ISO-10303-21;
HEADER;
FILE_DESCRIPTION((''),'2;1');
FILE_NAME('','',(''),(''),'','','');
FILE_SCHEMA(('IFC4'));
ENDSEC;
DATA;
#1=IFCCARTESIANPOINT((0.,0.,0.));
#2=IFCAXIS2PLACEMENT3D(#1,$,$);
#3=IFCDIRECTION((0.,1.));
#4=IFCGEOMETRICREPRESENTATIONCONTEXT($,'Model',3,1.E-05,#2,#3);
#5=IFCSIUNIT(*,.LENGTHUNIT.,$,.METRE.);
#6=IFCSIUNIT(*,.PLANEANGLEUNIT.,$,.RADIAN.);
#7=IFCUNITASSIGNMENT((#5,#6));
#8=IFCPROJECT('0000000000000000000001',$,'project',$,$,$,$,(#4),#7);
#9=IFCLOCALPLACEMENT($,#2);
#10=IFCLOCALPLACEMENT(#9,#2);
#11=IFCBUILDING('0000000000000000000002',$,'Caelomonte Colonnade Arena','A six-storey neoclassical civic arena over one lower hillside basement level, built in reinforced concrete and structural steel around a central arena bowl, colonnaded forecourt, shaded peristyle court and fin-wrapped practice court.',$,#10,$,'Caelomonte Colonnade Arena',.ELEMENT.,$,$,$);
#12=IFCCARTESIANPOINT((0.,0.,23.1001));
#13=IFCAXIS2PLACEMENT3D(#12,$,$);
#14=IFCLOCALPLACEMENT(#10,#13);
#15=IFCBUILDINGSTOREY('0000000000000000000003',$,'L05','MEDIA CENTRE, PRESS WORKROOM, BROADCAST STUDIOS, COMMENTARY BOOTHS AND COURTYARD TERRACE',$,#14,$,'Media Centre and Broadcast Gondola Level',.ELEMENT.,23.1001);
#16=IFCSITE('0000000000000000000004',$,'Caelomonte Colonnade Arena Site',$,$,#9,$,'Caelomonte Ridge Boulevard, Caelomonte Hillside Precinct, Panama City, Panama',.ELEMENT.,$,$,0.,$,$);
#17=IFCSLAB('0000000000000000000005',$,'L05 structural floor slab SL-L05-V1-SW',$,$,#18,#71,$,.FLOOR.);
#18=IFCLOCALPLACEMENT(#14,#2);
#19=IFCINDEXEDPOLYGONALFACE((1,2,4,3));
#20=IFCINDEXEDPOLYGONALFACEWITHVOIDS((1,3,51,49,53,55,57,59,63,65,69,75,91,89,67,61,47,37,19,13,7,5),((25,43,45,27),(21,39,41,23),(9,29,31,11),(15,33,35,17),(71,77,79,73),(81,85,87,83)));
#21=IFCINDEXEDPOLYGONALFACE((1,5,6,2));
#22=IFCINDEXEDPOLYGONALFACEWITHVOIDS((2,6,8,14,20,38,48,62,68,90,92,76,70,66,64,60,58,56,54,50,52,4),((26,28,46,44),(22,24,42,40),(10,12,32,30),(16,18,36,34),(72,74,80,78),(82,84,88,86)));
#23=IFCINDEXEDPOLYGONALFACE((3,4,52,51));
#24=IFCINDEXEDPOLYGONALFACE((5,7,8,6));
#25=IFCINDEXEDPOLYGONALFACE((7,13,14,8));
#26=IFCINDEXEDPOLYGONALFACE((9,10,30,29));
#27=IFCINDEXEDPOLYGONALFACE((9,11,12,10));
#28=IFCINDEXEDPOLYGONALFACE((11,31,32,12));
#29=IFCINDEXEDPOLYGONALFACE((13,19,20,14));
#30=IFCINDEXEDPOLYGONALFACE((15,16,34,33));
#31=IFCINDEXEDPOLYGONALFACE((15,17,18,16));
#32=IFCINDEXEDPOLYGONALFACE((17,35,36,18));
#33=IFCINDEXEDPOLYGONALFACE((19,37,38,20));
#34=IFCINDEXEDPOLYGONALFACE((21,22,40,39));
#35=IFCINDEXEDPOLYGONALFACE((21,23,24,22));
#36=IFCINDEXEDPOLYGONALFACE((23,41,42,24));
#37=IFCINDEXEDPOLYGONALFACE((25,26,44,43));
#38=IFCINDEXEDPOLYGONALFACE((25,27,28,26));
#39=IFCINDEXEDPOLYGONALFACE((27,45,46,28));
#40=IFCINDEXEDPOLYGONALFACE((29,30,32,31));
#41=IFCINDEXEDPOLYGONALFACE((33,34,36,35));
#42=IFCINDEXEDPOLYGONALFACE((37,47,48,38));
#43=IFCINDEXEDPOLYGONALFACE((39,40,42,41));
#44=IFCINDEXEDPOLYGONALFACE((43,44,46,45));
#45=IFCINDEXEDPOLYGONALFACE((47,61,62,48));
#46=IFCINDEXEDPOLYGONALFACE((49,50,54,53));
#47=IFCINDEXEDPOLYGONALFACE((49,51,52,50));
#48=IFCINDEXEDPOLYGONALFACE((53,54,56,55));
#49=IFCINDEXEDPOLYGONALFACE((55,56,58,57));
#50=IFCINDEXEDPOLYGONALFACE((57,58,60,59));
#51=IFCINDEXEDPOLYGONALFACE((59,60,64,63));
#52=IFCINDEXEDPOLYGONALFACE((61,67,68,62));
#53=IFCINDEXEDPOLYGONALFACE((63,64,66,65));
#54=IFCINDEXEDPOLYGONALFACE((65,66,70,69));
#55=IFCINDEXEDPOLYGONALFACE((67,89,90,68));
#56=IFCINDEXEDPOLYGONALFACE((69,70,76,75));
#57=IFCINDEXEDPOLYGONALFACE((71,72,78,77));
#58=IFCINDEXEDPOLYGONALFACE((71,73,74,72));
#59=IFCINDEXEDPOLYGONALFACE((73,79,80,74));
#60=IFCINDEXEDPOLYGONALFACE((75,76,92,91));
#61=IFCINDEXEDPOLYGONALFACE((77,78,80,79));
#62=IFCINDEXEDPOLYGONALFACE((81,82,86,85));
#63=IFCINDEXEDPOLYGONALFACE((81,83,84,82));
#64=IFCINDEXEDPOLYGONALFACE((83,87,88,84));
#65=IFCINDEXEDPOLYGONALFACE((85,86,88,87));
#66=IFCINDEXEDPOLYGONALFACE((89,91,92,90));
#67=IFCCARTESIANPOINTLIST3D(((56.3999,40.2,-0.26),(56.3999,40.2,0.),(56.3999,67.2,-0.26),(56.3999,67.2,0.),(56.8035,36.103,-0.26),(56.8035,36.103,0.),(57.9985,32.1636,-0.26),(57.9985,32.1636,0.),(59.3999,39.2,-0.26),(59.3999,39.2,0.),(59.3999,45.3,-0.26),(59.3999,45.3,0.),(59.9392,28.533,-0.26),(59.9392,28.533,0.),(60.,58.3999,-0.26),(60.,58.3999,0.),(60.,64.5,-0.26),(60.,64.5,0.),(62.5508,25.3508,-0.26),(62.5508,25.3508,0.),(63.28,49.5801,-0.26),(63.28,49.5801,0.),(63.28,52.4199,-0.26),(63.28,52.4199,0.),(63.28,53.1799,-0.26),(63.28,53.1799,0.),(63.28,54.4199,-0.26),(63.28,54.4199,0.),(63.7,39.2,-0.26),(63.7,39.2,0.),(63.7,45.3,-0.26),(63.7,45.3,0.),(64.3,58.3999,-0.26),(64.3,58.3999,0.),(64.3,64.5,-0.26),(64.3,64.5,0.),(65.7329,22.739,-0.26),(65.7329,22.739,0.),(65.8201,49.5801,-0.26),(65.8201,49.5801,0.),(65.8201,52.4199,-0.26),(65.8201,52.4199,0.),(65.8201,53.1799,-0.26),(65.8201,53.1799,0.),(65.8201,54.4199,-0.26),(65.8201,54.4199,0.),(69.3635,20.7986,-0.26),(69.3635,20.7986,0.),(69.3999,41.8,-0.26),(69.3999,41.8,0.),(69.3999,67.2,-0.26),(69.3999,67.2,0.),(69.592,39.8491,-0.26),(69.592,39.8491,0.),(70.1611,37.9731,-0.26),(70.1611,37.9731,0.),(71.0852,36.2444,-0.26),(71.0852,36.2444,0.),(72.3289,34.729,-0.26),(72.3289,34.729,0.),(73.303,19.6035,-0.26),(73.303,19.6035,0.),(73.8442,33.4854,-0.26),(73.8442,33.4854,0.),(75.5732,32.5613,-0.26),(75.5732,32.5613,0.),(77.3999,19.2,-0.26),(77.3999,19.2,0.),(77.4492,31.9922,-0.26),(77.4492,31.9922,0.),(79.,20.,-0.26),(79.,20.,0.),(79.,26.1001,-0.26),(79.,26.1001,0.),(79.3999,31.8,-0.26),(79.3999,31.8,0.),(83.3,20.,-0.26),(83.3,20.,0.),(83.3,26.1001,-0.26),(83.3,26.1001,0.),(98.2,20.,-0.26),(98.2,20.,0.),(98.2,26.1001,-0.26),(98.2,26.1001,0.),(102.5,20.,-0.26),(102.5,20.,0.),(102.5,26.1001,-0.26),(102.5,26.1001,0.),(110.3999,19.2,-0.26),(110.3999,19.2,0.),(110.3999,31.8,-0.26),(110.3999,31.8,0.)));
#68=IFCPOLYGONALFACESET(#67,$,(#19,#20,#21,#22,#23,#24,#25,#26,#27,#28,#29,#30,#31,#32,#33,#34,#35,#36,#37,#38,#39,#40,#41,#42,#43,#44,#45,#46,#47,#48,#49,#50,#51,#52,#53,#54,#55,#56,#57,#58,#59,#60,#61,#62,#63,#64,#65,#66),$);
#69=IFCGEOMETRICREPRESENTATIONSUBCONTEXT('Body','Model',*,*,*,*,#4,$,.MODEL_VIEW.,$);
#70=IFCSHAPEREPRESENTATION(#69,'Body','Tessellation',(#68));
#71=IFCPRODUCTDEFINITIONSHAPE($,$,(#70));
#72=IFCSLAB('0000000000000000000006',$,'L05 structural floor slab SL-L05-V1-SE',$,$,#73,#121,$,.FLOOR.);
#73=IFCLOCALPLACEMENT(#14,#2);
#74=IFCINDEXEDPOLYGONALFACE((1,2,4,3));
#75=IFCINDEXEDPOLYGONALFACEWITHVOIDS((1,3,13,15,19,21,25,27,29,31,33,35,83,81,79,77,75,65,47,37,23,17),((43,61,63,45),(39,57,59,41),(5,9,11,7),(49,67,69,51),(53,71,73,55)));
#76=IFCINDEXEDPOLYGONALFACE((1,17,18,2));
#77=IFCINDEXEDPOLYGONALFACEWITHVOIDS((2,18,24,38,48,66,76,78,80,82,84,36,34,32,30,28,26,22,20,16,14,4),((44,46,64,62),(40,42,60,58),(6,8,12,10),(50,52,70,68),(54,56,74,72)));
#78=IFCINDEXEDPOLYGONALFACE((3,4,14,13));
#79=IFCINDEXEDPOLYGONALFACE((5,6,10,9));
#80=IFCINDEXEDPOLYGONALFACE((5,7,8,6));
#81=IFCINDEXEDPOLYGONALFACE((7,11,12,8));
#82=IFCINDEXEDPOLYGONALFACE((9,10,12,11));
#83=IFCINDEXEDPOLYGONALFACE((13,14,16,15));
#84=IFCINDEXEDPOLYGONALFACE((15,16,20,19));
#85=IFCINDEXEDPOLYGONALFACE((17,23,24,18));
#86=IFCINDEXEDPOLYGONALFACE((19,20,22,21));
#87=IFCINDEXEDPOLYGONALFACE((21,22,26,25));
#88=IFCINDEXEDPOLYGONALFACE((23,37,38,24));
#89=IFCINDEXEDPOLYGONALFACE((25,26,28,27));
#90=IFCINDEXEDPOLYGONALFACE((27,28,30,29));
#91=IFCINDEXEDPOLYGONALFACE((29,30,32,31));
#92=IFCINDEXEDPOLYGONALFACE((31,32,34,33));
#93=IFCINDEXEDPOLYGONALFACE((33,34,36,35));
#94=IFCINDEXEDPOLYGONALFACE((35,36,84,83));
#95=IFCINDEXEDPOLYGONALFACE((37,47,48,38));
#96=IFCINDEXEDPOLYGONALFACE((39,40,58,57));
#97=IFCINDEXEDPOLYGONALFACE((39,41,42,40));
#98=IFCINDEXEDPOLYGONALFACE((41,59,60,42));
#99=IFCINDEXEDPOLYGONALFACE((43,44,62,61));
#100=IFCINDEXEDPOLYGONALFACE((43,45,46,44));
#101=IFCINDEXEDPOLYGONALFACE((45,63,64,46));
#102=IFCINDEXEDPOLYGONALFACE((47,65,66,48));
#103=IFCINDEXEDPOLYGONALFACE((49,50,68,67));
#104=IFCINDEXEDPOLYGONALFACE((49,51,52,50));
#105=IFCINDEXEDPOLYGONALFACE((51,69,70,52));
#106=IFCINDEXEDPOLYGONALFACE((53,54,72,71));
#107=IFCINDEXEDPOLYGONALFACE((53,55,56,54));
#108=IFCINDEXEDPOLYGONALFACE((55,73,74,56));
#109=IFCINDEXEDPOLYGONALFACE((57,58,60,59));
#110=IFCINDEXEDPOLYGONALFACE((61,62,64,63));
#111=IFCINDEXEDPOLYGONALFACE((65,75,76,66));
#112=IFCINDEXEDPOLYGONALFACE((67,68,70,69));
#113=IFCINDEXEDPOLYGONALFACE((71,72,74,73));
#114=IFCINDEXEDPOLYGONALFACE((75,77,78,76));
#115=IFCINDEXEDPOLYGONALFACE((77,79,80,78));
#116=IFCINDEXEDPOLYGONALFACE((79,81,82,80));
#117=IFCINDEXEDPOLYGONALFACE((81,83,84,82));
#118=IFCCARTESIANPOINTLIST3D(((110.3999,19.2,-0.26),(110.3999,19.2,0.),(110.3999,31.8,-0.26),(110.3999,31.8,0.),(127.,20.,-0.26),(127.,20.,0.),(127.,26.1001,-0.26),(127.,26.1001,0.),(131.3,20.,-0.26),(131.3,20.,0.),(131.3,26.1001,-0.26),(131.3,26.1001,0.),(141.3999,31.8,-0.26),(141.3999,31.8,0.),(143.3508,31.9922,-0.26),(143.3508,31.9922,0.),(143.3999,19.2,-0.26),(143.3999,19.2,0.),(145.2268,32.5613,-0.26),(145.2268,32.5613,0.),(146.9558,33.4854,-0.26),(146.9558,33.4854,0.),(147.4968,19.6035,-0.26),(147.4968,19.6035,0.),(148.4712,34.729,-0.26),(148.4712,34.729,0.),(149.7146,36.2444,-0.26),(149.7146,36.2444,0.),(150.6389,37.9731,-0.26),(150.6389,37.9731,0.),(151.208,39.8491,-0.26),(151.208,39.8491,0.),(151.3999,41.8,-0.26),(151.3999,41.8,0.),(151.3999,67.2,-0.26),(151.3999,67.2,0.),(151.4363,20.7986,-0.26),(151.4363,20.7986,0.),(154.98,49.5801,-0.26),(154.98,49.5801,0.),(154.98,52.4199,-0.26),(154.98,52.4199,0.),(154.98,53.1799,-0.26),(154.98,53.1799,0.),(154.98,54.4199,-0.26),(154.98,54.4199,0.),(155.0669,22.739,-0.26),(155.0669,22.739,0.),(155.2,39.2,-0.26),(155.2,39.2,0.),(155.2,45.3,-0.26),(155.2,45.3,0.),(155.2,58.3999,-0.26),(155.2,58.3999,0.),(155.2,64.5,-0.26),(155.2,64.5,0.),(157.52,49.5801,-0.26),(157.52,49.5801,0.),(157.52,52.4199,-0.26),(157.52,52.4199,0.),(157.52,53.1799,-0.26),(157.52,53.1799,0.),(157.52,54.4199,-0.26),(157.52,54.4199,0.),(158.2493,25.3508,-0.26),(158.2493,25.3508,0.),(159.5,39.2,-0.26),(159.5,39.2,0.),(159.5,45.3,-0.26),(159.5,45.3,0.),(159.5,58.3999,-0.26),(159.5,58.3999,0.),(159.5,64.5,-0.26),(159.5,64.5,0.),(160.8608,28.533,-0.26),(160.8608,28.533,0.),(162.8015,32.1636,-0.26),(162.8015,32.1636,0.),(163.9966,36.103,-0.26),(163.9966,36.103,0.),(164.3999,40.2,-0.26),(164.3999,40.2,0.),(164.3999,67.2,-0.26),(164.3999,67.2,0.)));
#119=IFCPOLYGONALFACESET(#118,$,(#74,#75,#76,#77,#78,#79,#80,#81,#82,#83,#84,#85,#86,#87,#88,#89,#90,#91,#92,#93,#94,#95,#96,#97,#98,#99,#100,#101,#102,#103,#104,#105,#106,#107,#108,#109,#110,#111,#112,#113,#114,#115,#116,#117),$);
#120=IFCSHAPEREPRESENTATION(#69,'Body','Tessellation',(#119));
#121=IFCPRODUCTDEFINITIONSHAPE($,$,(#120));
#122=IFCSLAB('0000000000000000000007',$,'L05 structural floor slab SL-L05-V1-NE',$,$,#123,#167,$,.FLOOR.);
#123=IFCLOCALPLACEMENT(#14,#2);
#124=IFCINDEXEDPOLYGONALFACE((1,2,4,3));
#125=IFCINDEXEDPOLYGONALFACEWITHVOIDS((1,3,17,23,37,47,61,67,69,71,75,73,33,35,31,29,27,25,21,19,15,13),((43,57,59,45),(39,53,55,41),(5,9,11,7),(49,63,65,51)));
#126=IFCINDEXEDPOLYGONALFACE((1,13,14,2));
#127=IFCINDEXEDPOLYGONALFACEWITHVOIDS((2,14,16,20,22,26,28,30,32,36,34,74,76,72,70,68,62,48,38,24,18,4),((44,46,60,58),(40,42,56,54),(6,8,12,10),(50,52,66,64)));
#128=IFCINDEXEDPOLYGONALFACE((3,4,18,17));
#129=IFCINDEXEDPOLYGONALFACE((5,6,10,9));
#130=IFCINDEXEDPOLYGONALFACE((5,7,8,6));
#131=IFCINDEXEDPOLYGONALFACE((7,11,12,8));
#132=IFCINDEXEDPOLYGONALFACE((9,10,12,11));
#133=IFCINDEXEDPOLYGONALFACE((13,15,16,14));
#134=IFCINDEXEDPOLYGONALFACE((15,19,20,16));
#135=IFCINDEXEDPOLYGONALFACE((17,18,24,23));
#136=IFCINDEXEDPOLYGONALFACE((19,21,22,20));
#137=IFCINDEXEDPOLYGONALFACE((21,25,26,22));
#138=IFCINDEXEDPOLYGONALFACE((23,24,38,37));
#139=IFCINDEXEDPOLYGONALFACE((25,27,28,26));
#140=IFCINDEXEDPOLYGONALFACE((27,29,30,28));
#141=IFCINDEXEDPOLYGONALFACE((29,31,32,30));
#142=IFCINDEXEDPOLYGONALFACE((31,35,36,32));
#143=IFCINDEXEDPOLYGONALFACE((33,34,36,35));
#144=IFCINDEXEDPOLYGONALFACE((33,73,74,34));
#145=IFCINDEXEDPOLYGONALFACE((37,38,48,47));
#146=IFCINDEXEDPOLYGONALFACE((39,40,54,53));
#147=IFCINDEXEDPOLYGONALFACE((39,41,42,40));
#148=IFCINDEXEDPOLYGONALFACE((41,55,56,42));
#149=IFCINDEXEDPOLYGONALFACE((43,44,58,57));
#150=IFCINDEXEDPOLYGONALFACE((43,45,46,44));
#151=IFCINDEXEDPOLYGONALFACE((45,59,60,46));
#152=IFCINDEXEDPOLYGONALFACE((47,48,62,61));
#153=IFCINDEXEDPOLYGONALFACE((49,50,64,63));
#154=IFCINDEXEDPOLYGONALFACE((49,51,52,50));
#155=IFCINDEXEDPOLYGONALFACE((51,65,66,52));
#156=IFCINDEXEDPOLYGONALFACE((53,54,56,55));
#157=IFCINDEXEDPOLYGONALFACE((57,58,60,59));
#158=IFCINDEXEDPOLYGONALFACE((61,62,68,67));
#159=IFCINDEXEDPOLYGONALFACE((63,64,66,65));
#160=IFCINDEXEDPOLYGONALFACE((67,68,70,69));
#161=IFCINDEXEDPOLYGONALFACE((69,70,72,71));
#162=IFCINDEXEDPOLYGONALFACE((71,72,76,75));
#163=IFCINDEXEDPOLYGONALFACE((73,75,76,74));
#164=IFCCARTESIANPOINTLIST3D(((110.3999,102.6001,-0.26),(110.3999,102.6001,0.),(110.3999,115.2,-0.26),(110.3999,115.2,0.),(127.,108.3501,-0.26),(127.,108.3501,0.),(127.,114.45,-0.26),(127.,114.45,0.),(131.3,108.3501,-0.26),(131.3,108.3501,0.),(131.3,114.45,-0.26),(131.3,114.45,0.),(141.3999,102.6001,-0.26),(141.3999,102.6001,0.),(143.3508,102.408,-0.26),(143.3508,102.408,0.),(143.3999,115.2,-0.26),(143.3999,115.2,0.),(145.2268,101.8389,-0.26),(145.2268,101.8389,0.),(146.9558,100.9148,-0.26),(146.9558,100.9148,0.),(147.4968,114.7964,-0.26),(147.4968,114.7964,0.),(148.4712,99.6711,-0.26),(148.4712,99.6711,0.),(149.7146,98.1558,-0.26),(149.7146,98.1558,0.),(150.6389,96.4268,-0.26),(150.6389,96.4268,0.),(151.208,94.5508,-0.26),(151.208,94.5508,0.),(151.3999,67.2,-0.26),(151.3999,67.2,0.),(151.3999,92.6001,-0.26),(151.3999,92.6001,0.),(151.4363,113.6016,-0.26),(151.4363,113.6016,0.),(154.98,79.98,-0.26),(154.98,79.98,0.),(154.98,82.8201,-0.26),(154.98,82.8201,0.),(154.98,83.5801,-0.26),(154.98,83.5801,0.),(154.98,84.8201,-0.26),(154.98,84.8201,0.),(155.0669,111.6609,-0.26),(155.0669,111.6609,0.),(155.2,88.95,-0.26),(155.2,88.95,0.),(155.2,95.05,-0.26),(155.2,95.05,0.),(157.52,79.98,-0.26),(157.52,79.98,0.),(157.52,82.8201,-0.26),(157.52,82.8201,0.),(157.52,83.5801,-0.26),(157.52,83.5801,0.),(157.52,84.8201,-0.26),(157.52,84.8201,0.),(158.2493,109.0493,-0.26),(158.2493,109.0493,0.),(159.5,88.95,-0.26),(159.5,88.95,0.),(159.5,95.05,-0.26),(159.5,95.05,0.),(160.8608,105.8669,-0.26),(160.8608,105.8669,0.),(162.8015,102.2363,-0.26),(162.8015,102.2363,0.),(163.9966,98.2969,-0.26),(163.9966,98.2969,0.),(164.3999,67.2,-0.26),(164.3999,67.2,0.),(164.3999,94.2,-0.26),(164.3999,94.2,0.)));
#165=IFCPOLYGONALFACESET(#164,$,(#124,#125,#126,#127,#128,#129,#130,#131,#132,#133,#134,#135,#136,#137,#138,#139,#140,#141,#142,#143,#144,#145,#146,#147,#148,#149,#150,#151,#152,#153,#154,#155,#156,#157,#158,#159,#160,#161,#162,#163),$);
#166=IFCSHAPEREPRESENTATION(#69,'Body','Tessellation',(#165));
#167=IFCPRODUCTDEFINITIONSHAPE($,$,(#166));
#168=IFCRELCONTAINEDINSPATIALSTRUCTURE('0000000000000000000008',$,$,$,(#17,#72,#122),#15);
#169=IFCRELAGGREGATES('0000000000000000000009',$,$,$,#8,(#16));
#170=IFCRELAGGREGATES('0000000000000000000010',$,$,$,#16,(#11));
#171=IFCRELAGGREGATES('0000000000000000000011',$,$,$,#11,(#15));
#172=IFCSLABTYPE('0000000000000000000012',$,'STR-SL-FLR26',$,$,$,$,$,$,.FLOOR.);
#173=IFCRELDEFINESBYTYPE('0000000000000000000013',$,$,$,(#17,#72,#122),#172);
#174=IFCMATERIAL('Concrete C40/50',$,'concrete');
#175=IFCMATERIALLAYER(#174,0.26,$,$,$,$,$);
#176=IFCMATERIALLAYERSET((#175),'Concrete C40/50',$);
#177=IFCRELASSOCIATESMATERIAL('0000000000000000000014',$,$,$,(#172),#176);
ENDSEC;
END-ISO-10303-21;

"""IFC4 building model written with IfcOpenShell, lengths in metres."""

from ifc_helpers import new_model, si_unit, direction, frame, origin, place, context, subcontext, project, spatial, polyline, outline, extrude, material, layer, layer_set, type_object, element, save


model = new_model("IFC4")

# Units and contexts
model_context = context("Model", 3, precision=1e-05, world=origin(), true_north=direction((0.0, 1.0)))
body_context = subcontext(model_context, "Body", "Model", "MODEL_VIEW")
ifc_project = project(units=[si_unit("LENGTHUNIT", "METRE"), si_unit("PLANEANGLEUNIT", "RADIAN")], contexts=[model_context])

# Site, building, storey
site_placement = place(None, origin())
site = spatial("IfcSite", under=ifc_project, at=site_placement, Name="Caelomonte Colonnade Arena Site", LongName="Caelomonte Ridge Boulevard, Caelomonte Hillside Precinct, Panama City, Panama", CompositionType="ELEMENT", RefElevation=0.0)
building_placement = place(site_placement, origin())
building = spatial("IfcBuilding", under=site, at=building_placement, Name="Caelomonte Colonnade Arena", Description="A six-storey neoclassical civic arena over one lower hillside basement level, built in reinforced concrete and structural steel around a central arena bowl, colonnaded forecourt, shaded peristyle court and fin-wrapped practice court.", LongName="Caelomonte Colonnade Arena", CompositionType="ELEMENT")
storey_placement = place(building_placement, frame((0.0, 0.0, 23.1001)))
storey = spatial("IfcBuildingStorey", under=building, at=storey_placement, Name="L05", Description="MEDIA CENTRE, PRESS WORKROOM, BROADCAST STUDIOS, COMMENTARY BOOTHS AND COURTYARD TERRACE", LongName="Media Centre and Broadcast Gondola Level", CompositionType="ELEMENT", Elevation=23.1001)

# Slabs
ifc_material_1 = material(Name="Concrete C40/50", Category="concrete")
ifc_layer_1 = layer(ifc_material_1, 0.26)
ifc_layer_set_1 = layer_set([ifc_layer_1], Name="Concrete C40/50")
slab_type_1 = type_object("IfcSlabType", Name="STR-SL-FLR26", PredefinedType="FLOOR", material=ifc_layer_set_1)
slab_1_placement = place(storey_placement, frame((0.0, 0.0, -0.26)))
element("IfcSlab", 1, at=slab_1_placement, inside=storey, type_object=slab_type_1, Name="L05 structural floor slab SL-L05-V1-SW", PredefinedType="FLOOR", context=body_context, shape_type="SweptSolid", body=[
    extrude(outline(polyline([(73.303, 19.6035), (77.3999, 19.2), (110.3999, 19.2), (110.3999, 31.8), (79.3999, 31.8), (77.4492, 31.9922), (75.5732, 32.5613), (73.8442, 33.4854), (72.3289, 34.729), (71.0852, 36.2444), (70.1611, 37.9731), (69.592, 39.8491), (69.3999, 41.8), (69.3999, 67.2), (56.3999, 67.2), (56.3999, 40.2), (56.8035, 36.103), (57.9985, 32.1636), (59.9392, 28.533), (62.5508, 25.3508), (65.7329, 22.739), (69.3635, 20.7986), (73.303, 19.6035)]), holes=[polyline([(79.0, 26.1001), (83.3, 26.1001), (83.3, 20.0), (79.0, 20.0), (79.0, 26.1001)]), polyline([(102.5, 26.1001), (102.5, 20.0), (98.2, 20.0), (98.2, 26.1001), (102.5, 26.1001)]), polyline([(63.7, 45.3), (63.7, 39.2), (59.3999, 39.2), (59.3999, 45.3), (63.7, 45.3)]), polyline([(65.8201, 49.5801), (63.28, 49.5801), (63.28, 52.4199), (65.8201, 52.4199), (65.8201, 49.5801)]), polyline([(63.28, 53.1799), (63.28, 54.4199), (65.8201, 54.4199), (65.8201, 53.1799), (63.28, 53.1799)]), polyline([(64.3, 64.5), (64.3, 58.3999), (60.0, 58.3999), (60.0, 64.5), (64.3, 64.5)])]), origin(), (0.0, 0.0, 1.0), 0.26),
])
slab_2_placement = place(storey_placement, frame((0.0, 0.0, -0.26)))
element("IfcSlab", 2, at=slab_2_placement, inside=storey, type_object=slab_type_1, Name="L05 structural floor slab SL-L05-V1-SE", PredefinedType="FLOOR", context=body_context, shape_type="SweptSolid", body=[
    extrude(outline(polyline([(164.3999, 40.2), (164.3999, 67.2), (151.3999, 67.2), (151.3999, 41.8), (151.208, 39.8491), (150.6389, 37.9731), (149.7146, 36.2444), (148.4712, 34.729), (146.9558, 33.4854), (145.2268, 32.5613), (143.3508, 31.9922), (141.3999, 31.8), (110.3999, 31.8), (110.3999, 19.2), (143.3999, 19.2), (147.4968, 19.6035), (151.4363, 20.7986), (155.0669, 22.739), (158.2493, 25.3508), (160.8608, 28.533), (162.8015, 32.1636), (163.9966, 36.103), (164.3999, 40.2)]), holes=[polyline([(127.0, 26.1001), (131.3, 26.1001), (131.3, 20.0), (127.0, 20.0), (127.0, 26.1001)]), polyline([(159.5, 45.3), (159.5, 39.2), (155.2, 39.2), (155.2, 45.3), (159.5, 45.3)]), polyline([(154.98, 49.5801), (154.98, 52.4199), (157.52, 52.4199), (157.52, 49.5801), (154.98, 49.5801)]), polyline([(157.52, 53.1799), (154.98, 53.1799), (154.98, 54.4199), (157.52, 54.4199), (157.52, 53.1799)]), polyline([(159.5, 64.5), (159.5, 58.3999), (155.2, 58.3999), (155.2, 64.5), (159.5, 64.5)])]), origin(), (0.0, 0.0, 1.0), 0.26),
])
slab_3_placement = place(storey_placement, frame((0.0, 0.0, -0.26)))
element("IfcSlab", 3, at=slab_3_placement, inside=storey, type_object=slab_type_1, Name="L05 structural floor slab SL-L05-V1-NE", PredefinedType="FLOOR", context=body_context, shape_type="SweptSolid", body=[
    extrude(outline(polyline([(143.3999, 115.2), (110.3999, 115.2), (110.3999, 102.6001), (141.3999, 102.6001), (143.3508, 102.408), (145.2268, 101.8389), (146.9558, 100.9148), (148.4712, 99.6711), (149.7146, 98.1558), (150.6389, 96.4268), (151.208, 94.5508), (151.3999, 92.6001), (151.3999, 67.2), (164.3999, 67.2), (164.3999, 94.2), (163.9966, 98.2969), (162.8015, 102.2363), (160.8608, 105.8669), (158.2493, 109.0493), (155.0669, 111.6609), (151.4363, 113.6016), (147.4968, 114.7964), (143.3999, 115.2)]), holes=[polyline([(127.0, 108.3501), (127.0, 114.45), (131.3, 114.45), (131.3, 108.3501), (127.0, 108.3501)]), polyline([(154.98, 79.98), (154.98, 82.8201), (157.52, 82.8201), (157.52, 79.98), (154.98, 79.98)]), polyline([(157.52, 83.5801), (154.98, 83.5801), (154.98, 84.8201), (157.52, 84.8201), (157.52, 83.5801)]), polyline([(155.2, 88.95), (155.2, 95.05), (159.5, 95.05), (159.5, 88.95), (155.2, 88.95)])]), origin(), (0.0, 0.0, 1.0), 0.26),
])

save(model, "model.ifc")
